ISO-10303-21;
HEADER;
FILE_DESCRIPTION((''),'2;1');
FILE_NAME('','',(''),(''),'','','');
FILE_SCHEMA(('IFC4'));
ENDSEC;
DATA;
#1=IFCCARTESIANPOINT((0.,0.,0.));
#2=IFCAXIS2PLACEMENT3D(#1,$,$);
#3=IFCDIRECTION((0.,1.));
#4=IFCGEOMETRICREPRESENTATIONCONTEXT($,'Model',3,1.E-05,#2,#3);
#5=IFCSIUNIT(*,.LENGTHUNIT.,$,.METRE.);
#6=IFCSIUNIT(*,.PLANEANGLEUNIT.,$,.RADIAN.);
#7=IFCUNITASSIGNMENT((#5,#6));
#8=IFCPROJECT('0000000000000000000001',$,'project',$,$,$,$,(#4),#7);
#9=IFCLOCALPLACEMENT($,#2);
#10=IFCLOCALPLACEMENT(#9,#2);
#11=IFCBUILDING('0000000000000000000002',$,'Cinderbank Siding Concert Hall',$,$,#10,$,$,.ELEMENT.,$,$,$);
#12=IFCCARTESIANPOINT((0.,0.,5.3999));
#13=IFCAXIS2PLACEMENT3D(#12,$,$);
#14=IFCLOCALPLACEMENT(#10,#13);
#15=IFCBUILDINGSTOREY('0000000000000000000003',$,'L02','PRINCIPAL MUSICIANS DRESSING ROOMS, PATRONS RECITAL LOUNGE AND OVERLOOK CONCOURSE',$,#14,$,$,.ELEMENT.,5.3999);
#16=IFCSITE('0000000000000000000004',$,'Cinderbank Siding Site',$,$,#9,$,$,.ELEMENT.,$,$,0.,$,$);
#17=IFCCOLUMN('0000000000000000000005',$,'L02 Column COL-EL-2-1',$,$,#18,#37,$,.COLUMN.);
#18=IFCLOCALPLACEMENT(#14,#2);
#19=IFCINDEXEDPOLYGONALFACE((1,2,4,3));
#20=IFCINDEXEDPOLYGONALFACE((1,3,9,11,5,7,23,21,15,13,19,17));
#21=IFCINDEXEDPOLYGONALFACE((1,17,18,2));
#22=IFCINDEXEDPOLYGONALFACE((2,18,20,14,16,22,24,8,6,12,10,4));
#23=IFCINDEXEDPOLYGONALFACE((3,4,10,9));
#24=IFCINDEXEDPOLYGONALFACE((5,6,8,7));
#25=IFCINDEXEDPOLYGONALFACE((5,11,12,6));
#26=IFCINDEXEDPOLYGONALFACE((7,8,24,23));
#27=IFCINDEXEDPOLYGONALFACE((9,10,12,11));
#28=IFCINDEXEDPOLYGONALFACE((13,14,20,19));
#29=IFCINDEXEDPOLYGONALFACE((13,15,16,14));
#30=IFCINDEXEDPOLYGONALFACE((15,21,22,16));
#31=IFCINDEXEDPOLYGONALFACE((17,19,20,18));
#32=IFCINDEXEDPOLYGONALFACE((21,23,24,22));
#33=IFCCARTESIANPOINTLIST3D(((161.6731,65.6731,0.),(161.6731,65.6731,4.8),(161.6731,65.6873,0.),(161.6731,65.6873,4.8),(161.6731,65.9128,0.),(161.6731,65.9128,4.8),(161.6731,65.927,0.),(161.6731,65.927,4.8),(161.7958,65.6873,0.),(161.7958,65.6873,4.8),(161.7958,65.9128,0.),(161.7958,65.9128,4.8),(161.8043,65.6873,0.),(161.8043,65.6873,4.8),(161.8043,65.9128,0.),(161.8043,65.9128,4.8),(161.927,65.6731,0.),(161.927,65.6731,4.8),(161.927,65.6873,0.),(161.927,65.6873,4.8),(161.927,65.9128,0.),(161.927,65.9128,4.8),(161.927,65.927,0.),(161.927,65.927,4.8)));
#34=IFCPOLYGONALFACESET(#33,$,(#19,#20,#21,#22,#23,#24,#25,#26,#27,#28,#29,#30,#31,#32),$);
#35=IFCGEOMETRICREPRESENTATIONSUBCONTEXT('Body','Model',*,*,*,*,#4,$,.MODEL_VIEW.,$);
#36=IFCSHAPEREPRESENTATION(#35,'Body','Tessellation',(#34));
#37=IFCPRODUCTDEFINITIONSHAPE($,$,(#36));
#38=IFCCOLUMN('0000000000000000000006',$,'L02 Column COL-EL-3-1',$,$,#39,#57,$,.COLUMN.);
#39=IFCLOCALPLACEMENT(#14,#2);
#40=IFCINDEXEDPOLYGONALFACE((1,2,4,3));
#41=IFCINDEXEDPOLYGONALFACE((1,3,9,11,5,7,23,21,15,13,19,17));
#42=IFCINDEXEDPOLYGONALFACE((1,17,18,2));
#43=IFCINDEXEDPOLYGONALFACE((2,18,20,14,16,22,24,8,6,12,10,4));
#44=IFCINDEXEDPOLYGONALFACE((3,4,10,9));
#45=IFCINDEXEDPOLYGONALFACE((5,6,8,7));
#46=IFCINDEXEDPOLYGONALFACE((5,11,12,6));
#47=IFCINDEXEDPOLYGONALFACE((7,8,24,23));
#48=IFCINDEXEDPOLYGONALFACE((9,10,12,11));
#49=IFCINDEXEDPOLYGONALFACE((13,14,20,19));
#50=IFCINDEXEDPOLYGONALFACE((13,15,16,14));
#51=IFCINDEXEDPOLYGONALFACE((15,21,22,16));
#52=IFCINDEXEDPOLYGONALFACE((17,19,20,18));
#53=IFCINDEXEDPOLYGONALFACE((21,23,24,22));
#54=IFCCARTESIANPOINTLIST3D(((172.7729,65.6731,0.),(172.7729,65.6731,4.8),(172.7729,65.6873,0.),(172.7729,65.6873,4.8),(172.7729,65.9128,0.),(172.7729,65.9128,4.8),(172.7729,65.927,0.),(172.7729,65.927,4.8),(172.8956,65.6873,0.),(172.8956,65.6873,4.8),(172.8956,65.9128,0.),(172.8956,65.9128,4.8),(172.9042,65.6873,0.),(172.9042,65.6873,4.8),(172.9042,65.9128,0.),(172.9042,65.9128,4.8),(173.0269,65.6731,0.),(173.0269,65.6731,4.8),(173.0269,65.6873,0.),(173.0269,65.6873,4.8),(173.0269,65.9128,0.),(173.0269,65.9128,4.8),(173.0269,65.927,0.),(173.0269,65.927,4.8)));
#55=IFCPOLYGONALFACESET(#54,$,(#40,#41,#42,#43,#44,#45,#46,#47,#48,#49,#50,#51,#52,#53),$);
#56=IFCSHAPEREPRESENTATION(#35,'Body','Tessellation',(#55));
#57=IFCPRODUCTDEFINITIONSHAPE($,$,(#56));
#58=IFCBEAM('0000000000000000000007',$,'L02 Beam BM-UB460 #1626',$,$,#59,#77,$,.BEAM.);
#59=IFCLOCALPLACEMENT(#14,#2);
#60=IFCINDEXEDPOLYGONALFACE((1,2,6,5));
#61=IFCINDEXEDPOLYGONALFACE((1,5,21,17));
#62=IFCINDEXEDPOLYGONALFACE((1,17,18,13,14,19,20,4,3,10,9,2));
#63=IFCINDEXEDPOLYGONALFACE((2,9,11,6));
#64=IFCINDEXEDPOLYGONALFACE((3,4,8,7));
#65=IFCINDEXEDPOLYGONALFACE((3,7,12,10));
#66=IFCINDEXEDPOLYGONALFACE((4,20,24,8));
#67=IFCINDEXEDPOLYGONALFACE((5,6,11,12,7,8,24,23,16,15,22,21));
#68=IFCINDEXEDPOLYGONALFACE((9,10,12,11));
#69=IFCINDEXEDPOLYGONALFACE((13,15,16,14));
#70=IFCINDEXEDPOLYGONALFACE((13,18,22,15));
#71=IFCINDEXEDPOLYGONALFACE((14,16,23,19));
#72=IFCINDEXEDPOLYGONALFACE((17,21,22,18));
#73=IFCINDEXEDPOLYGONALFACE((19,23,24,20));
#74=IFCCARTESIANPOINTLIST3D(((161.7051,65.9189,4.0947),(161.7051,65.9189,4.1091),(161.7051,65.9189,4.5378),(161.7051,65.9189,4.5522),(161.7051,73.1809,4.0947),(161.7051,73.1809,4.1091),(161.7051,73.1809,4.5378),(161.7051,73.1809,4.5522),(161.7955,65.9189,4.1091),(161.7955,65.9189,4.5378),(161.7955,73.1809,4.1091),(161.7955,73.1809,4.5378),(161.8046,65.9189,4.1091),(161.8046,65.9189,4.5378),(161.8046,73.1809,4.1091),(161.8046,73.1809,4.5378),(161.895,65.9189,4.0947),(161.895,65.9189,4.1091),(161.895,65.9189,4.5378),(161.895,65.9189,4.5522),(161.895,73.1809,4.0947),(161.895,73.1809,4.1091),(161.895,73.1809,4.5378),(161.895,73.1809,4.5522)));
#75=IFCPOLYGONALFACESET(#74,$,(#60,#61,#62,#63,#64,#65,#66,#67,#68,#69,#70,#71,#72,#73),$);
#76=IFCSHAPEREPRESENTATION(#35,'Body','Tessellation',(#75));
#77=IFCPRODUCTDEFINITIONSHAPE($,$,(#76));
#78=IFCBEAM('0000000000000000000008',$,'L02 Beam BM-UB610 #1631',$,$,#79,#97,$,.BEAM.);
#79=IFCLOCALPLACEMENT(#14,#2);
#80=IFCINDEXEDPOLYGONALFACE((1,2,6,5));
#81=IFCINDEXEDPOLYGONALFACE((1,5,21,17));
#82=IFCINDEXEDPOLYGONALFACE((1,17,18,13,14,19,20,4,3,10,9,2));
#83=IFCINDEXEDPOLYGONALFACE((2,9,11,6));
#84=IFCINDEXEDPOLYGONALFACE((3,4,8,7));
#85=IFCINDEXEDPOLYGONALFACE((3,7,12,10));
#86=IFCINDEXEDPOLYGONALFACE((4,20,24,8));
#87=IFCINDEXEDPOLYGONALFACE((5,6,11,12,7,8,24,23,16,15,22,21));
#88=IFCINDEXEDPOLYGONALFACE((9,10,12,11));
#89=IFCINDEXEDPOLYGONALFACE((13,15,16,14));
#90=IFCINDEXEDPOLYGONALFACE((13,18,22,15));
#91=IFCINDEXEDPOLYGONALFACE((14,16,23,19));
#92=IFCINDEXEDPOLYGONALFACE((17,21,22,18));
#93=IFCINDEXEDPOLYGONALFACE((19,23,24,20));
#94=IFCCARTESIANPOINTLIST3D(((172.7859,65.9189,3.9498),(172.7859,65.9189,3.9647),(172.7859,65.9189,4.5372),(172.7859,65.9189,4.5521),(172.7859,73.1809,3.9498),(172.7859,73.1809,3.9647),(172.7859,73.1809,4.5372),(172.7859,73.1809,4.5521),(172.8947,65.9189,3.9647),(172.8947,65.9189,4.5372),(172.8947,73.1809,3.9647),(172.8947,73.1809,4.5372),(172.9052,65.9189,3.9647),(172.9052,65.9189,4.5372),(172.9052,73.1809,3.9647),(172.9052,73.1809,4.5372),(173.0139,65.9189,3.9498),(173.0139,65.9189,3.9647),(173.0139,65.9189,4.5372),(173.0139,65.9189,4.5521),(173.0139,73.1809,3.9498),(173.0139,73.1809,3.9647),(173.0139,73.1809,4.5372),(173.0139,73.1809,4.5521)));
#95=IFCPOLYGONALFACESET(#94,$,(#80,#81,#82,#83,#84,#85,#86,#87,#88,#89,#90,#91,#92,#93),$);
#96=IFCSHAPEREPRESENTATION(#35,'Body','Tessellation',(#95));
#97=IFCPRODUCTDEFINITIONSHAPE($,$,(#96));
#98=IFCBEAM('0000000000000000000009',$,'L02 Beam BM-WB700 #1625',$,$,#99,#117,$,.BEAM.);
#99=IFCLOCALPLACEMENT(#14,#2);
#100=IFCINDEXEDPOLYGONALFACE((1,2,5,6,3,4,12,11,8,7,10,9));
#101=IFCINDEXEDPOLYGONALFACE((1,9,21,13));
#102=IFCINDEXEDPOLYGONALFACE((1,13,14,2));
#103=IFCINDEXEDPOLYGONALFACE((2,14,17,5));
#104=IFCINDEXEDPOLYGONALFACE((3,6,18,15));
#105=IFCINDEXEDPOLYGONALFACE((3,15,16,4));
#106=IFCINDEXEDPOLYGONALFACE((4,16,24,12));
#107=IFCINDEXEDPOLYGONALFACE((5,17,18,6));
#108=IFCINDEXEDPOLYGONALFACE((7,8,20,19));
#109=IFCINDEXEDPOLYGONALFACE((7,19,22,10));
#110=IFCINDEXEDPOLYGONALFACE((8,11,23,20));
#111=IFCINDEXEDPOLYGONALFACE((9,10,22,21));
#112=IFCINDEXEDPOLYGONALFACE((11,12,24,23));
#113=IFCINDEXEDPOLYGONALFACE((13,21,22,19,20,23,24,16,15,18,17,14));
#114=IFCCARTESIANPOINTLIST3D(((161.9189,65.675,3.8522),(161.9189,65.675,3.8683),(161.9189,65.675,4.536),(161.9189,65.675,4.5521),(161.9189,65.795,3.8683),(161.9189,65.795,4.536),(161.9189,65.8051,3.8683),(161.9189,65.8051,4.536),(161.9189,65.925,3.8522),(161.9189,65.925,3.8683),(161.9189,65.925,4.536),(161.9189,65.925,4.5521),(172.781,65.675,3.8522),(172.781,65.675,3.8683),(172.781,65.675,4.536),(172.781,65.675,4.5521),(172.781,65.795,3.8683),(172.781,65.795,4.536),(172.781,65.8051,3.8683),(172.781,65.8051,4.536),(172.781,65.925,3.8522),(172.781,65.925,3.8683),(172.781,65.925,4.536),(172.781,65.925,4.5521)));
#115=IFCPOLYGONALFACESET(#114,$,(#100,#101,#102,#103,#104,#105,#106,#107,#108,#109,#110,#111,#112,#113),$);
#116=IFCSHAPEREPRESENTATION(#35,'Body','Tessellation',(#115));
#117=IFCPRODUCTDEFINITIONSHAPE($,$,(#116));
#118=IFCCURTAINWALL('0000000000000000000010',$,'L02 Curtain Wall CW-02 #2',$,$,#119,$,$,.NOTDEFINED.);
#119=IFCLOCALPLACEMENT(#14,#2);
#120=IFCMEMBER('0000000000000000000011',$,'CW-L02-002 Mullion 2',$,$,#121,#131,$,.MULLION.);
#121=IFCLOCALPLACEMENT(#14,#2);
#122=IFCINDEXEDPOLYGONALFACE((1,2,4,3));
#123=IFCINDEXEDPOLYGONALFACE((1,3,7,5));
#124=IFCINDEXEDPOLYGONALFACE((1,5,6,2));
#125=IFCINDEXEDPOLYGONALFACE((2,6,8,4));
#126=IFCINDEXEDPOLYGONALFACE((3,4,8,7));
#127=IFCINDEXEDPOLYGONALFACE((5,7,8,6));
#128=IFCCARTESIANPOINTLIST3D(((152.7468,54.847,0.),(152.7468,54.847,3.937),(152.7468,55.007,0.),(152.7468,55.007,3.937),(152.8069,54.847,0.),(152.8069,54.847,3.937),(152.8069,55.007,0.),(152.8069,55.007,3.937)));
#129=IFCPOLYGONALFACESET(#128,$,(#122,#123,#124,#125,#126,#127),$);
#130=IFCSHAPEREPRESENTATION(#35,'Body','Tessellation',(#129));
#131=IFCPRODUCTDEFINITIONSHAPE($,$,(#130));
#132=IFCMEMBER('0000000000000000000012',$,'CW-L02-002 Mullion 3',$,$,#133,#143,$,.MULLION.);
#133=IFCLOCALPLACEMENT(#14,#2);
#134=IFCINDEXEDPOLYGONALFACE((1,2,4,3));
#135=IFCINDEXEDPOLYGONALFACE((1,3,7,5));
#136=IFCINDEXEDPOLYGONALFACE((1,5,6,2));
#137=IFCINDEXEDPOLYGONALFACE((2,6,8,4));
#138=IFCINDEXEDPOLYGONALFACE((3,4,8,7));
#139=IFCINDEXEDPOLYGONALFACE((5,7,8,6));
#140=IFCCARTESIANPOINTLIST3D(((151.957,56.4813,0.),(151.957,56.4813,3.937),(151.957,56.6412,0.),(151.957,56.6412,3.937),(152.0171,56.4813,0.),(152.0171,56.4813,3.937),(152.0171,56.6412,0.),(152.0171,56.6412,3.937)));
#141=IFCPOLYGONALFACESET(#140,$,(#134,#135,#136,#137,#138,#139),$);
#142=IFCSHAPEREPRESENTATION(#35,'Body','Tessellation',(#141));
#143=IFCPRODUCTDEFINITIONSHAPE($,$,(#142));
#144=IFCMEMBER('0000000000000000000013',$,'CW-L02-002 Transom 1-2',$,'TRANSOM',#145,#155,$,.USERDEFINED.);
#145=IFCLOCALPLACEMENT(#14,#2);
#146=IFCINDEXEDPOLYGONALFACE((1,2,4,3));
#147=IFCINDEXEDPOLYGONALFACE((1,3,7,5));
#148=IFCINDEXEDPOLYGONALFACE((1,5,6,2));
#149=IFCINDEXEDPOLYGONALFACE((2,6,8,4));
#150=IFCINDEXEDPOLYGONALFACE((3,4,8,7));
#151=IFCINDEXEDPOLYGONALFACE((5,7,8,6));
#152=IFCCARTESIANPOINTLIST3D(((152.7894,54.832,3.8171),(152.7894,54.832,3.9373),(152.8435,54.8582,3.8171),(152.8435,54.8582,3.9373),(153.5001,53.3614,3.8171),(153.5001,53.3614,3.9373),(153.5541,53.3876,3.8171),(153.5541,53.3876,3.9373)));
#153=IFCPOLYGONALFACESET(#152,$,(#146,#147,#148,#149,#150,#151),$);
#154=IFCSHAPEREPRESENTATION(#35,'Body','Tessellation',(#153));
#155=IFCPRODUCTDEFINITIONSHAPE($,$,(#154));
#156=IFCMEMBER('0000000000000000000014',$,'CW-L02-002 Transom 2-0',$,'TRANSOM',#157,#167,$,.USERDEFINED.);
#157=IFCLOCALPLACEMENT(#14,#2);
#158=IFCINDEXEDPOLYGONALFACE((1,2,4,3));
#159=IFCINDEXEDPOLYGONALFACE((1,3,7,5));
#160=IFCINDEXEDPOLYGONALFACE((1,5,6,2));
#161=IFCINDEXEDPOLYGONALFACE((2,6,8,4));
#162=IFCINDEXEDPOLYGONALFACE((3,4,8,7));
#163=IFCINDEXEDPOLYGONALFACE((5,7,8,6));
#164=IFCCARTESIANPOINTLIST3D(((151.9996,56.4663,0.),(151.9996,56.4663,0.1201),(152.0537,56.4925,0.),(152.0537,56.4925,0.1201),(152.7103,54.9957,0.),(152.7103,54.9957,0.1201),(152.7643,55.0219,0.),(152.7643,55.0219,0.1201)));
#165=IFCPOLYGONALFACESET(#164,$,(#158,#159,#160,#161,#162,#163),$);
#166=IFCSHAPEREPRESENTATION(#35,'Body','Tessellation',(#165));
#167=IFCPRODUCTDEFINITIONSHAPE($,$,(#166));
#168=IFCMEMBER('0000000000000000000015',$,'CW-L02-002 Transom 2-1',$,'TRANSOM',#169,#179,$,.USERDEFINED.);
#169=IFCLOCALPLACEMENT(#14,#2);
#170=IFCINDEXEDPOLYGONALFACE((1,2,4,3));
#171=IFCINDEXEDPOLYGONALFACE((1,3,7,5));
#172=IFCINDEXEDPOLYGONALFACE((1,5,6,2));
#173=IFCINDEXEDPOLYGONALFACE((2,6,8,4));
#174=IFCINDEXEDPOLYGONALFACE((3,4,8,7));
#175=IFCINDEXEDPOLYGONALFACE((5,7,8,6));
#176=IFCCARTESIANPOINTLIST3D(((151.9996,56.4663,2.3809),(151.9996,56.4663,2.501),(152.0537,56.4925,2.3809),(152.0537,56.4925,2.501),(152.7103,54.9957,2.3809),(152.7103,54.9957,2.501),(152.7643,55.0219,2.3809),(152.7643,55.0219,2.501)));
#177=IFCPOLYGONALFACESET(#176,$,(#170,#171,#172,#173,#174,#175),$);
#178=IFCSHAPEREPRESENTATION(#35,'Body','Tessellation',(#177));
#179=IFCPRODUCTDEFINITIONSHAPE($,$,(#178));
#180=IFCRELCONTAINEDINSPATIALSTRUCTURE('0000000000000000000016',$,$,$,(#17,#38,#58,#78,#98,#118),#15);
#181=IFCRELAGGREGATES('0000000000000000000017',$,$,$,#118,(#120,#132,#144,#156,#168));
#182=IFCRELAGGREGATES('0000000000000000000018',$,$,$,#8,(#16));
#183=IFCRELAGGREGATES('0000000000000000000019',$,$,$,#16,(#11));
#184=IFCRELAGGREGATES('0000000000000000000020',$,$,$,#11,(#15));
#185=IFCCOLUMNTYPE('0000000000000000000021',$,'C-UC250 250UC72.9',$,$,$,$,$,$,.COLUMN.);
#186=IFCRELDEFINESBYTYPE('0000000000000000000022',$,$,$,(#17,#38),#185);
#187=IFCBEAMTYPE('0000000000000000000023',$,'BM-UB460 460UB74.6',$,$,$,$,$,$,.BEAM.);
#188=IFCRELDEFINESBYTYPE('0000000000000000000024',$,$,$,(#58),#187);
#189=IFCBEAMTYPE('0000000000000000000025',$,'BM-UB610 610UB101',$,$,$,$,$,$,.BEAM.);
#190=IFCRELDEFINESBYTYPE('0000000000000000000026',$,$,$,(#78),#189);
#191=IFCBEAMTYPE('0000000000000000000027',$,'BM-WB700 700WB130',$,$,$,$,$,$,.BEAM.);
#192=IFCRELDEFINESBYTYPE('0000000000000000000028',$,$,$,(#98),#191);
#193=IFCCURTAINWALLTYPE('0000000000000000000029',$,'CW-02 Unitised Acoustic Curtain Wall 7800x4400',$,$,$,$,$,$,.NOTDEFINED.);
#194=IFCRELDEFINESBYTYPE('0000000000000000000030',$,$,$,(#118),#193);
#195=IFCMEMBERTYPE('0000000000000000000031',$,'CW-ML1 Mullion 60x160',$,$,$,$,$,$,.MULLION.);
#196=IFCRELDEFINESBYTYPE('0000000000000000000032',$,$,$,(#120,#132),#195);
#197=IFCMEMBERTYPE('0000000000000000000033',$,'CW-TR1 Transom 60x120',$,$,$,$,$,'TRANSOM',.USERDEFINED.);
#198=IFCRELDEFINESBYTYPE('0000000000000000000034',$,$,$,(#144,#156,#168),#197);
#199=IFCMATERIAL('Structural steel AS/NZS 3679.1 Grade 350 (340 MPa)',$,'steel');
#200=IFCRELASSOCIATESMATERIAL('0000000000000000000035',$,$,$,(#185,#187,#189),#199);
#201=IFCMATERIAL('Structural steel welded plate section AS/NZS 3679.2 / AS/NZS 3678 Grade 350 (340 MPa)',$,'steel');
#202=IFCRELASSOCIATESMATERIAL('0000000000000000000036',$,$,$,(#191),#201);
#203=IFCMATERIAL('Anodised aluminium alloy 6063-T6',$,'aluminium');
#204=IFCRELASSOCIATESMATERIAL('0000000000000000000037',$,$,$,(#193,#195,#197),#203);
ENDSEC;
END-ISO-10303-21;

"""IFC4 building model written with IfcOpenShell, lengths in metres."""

from ifc_helpers import new_model, si_unit, direction, frame, origin, origin_2d, place, context, subcontext, project, spatial, rectangle, i_section, extrude, material, material_profile, profile_set, type_object, element, aggregate, save


model = new_model("IFC4")

# Units and contexts
model_context = context("Model", 3, precision=1e-05, world=origin(), true_north=direction((0.0, 1.0)))
body_context = subcontext(model_context, "Body", "Model", "MODEL_VIEW")
ifc_project = project(units=[si_unit("LENGTHUNIT", "METRE"), si_unit("PLANEANGLEUNIT", "RADIAN")], contexts=[model_context])

# Site, building, storey
site_placement = place(None, origin())
site = spatial("IfcSite", under=ifc_project, at=site_placement, Name="Cinderbank Siding Site", CompositionType="ELEMENT", RefElevation=0.0)
building_placement = place(site_placement, origin())
building = spatial("IfcBuilding", under=site, at=building_placement, Name="Cinderbank Siding Concert Hall", CompositionType="ELEMENT")
storey_placement = place(building_placement, frame((0.0, 0.0, 5.3999)))
storey = spatial("IfcBuildingStorey", under=building, at=storey_placement, Name="L02", Description="PRINCIPAL MUSICIANS DRESSING ROOMS, PATRONS RECITAL LOUNGE AND OVERLOOK CONCOURSE", CompositionType="ELEMENT", Elevation=5.3999)

# Columns
ifc_material_1 = material(Name="Structural steel AS/NZS 3679.1 Grade 350 (340 MPa)", Category="steel")
ifc_material_profile_1 = material_profile(ifc_material_1, i_section(OverallWidth=0.2539, OverallDepth=0.2539, WebThickness=0.0085, FlangeThickness=0.0142, at=origin_2d()), Name="250UC72.9", Category="LoadBearing")
ifc_profile_set_1 = profile_set([ifc_material_profile_1], Name="Structural steel AS/NZS 3679.1 Grade 350 (340 MPa)")
column_type = type_object("IfcColumnType", Name="C-UC250 250UC72.9", PredefinedType="COLUMN", material=ifc_profile_set_1)
for number, where, z_axis, x_axis, name in (
    (1, (161.8, 65.8, 0.0), (0.0, 0.0, 1.0), (1.0, 0.0, 0.0), "L02 Column COL-EL-2-1"),
    (2, (172.8999, 65.8, 0.0), (0.0, 0.0, 1.0), (1.0, 0.0, 0.0), "L02 Column COL-EL-3-1"),
):
    element("IfcColumn", number, at=place(storey_placement, frame(where, z_axis=z_axis, x_axis=x_axis)), inside=storey, type_object=column_type, Name=name, PredefinedType="COLUMN", context=body_context, shape_type="SweptSolid", body=[
        extrude(i_section(OverallWidth=0.2539, OverallDepth=0.2539, WebThickness=0.0085, FlangeThickness=0.0142, at=origin_2d()), origin(), (0.0, 0.0, 1.0), 4.8),
    ])

# Beams
ifc_material_profile_2 = material_profile(ifc_material_1, i_section(OverallWidth=0.1899, OverallDepth=0.4575, WebThickness=0.009, FlangeThickness=0.0144, at=origin_2d()), Name="460UB74.6", Category="LoadBearing")
ifc_profile_set_2 = profile_set([ifc_material_profile_2], Name="Structural steel AS/NZS 3679.1 Grade 350 (340 MPa)")
beam_type_1 = type_object("IfcBeamType", Name="BM-UB460 460UB74.6", PredefinedType="BEAM", material=ifc_profile_set_2)
beam_1_placement = place(storey_placement, frame((161.8, 65.9189, 4.3235), z_axis=(0.0, 1.0, 0.0), x_axis=(-1.0, 0.0, 0.0)))
element("IfcBeam", 3, at=beam_1_placement, inside=storey, type_object=beam_type_1, Name="L02 Beam BM-UB460 #1626", PredefinedType="BEAM", context=body_context, shape_type="SweptSolid", body=[
    extrude(i_section(OverallWidth=0.1899, OverallDepth=0.4575, WebThickness=0.009, FlangeThickness=0.0144, at=origin_2d()), origin(), (0.0, 0.0, 1.0), 7.262),
])
ifc_material_profile_3 = material_profile(ifc_material_1, i_section(OverallWidth=0.228, OverallDepth=0.6023, WebThickness=0.0105, FlangeThickness=0.0149, at=origin_2d()), Name="610UB101", Category="LoadBearing")
ifc_profile_set_3 = profile_set([ifc_material_profile_3], Name="Structural steel AS/NZS 3679.1 Grade 350 (340 MPa)")
beam_type_2 = type_object("IfcBeamType", Name="BM-UB610 610UB101", PredefinedType="BEAM", material=ifc_profile_set_3)
beam_2_placement = place(storey_placement, frame((172.8999, 65.9189, 4.251), z_axis=(0.0, 1.0, 0.0), x_axis=(-1.0, 0.0, 0.0)))
element("IfcBeam", 4, at=beam_2_placement, inside=storey, type_object=beam_type_2, Name="L02 Beam BM-UB610 #1631", PredefinedType="BEAM", context=body_context, shape_type="SweptSolid", body=[
    extrude(i_section(OverallWidth=0.228, OverallDepth=0.6023, WebThickness=0.0105, FlangeThickness=0.0149, at=origin_2d()), origin(), (0.0, 0.0, 1.0), 7.262),
])
ifc_material_2 = material(Name="Structural steel welded plate section AS/NZS 3679.2 / AS/NZS 3678 Grade 350 (340 MPa)", Category="steel")
ifc_material_profile_4 = material_profile(ifc_material_2, i_section(OverallWidth=0.25, OverallDepth=0.7, WebThickness=0.01, FlangeThickness=0.0161, at=origin_2d()), Name="700WB130", Category="LoadBearing")
ifc_profile_set_4 = profile_set([ifc_material_profile_4], Name="Structural steel welded plate section AS/NZS 3679.2 / AS/NZS 3678 Grade 350 (340 MPa)")
beam_type_3 = type_object("IfcBeamType", Name="BM-WB700 700WB130", PredefinedType="BEAM", material=ifc_profile_set_4)
beam_3_placement = place(storey_placement, frame((161.9189, 65.8, 4.2021), z_axis=(1.0, 0.0, 0.0), x_axis=(0.0, 1.0, 0.0)))
element("IfcBeam", 5, at=beam_3_placement, inside=storey, type_object=beam_type_3, Name="L02 Beam BM-WB700 #1625", PredefinedType="BEAM", context=body_context, shape_type="SweptSolid", body=[
    extrude(i_section(OverallWidth=0.25, OverallDepth=0.7, WebThickness=0.01, FlangeThickness=0.0161, at=origin_2d()), origin(), (0.0, 0.0, 1.0), 10.8621),
])

# Curtain wall, members
ifc_material_3 = material(Name="Anodised aluminium alloy 6063-T6", Category="aluminium")
curtain_wall_type = type_object("IfcCurtainWallType", Name="CW-02 Unitised Acoustic Curtain Wall 7800x4400", PredefinedType="NOTDEFINED", material=ifc_material_3)
curtain_wall_placement = place(storey_placement, origin())
curtain_wall = element("IfcCurtainWall", 6, at=curtain_wall_placement, inside=storey, type_object=curtain_wall_type, Name="L02 Curtain Wall CW-02 #2", PredefinedType="NOTDEFINED")
ifc_material_profile_5 = material_profile(ifc_material_3, rectangle(XDim=0.0601, YDim=0.1599, at=origin_2d()), Name="ALU-MULL-60x160", Category="LoadBearing")
ifc_profile_set_5 = profile_set([ifc_material_profile_5], Name="Anodised aluminium alloy 6063-T6")
member_type_1 = type_object("IfcMemberType", Name="CW-ML1 Mullion 60x160", PredefinedType="MULLION", material=ifc_profile_set_5)
member_1_placement = place(storey_placement, frame((152.7769, 54.927, 0.0), z_axis=(0.0, 0.0, 1.0), x_axis=(1.0, 0.0, 0.0)))
member_1 = element("IfcMember", 7, at=member_1_placement, type_object=member_type_1, Name="CW-L02-002 Mullion 2", PredefinedType="MULLION", context=body_context, shape_type="SweptSolid", body=[
    extrude(rectangle(XDim=0.0601, YDim=0.1599, at=origin_2d()), origin(), (0.0, 0.0, 1.0), 3.937),
])
member_2_placement = place(storey_placement, frame((151.9871, 56.5613, 0.0), z_axis=(0.0, 0.0, 1.0), x_axis=(1.0, 0.0, 0.0)))
member_2 = element("IfcMember", 8, at=member_2_placement, type_object=member_type_1, Name="CW-L02-002 Mullion 3", PredefinedType="MULLION", context=body_context, shape_type="SweptSolid", body=[
    extrude(rectangle(XDim=0.0601, YDim=0.1599, at=origin_2d()), origin(), (0.0, 0.0, 1.0), 3.937),
])
ifc_material_profile_6 = material_profile(ifc_material_3, rectangle(XDim=0.0601, YDim=0.1201, at=origin_2d()), Name="ALU-TRAN-60x120", Category="LoadBearing")
ifc_profile_set_6 = profile_set([ifc_material_profile_6], Name="Anodised aluminium alloy 6063-T6")
member_type_2 = type_object("IfcMemberType", Name="CW-TR1 Transom 60x120", ElementType="TRANSOM", PredefinedType="USERDEFINED", material=ifc_profile_set_6)
member_3_placement = place(storey_placement, frame((153.5271, 53.3745, 3.8772), z_axis=(-0.435096, 0.900384, 0.0), x_axis=(-0.900384, -0.435096, 0.0)))
member_3 = element("IfcMember", 9, at=member_3_placement, type_object=member_type_2, Name="CW-L02-002 Transom 1-2", ObjectType="TRANSOM", PredefinedType="USERDEFINED", context=body_context, shape_type="SweptSolid", body=[
    extrude(rectangle(XDim=0.0601, YDim=0.1201, at=origin_2d()), origin(), (0.0, 0.0, 1.0), 1.6333),
])
member_4_placement = place(storey_placement, frame((152.7373, 55.0088, 0.0601), z_axis=(-0.435096, 0.900384, 0.0), x_axis=(-0.900384, -0.435096, 0.0)))
member_4 = element("IfcMember", 10, at=member_4_placement, type_object=member_type_2, Name="CW-L02-002 Transom 2-0", ObjectType="TRANSOM", PredefinedType="USERDEFINED", context=body_context, shape_type="SweptSolid", body=[
    extrude(rectangle(XDim=0.0601, YDim=0.1201, at=origin_2d()), origin(), (0.0, 0.0, 1.0), 1.6333),
])
member_5_placement = place(storey_placement, frame((152.7373, 55.0088, 2.4409), z_axis=(-0.435096, 0.900384, 0.0), x_axis=(-0.900384, -0.435096, 0.0)))
member_5 = element("IfcMember", 11, at=member_5_placement, type_object=member_type_2, Name="CW-L02-002 Transom 2-1", ObjectType="TRANSOM", PredefinedType="USERDEFINED", context=body_context, shape_type="SweptSolid", body=[
    extrude(rectangle(XDim=0.0601, YDim=0.1201, at=origin_2d()), origin(), (0.0, 0.0, 1.0), 1.6333),
])
aggregate(curtain_wall, [member_1, member_2, member_3, member_4, member_5])

save(model, "model.ifc")
